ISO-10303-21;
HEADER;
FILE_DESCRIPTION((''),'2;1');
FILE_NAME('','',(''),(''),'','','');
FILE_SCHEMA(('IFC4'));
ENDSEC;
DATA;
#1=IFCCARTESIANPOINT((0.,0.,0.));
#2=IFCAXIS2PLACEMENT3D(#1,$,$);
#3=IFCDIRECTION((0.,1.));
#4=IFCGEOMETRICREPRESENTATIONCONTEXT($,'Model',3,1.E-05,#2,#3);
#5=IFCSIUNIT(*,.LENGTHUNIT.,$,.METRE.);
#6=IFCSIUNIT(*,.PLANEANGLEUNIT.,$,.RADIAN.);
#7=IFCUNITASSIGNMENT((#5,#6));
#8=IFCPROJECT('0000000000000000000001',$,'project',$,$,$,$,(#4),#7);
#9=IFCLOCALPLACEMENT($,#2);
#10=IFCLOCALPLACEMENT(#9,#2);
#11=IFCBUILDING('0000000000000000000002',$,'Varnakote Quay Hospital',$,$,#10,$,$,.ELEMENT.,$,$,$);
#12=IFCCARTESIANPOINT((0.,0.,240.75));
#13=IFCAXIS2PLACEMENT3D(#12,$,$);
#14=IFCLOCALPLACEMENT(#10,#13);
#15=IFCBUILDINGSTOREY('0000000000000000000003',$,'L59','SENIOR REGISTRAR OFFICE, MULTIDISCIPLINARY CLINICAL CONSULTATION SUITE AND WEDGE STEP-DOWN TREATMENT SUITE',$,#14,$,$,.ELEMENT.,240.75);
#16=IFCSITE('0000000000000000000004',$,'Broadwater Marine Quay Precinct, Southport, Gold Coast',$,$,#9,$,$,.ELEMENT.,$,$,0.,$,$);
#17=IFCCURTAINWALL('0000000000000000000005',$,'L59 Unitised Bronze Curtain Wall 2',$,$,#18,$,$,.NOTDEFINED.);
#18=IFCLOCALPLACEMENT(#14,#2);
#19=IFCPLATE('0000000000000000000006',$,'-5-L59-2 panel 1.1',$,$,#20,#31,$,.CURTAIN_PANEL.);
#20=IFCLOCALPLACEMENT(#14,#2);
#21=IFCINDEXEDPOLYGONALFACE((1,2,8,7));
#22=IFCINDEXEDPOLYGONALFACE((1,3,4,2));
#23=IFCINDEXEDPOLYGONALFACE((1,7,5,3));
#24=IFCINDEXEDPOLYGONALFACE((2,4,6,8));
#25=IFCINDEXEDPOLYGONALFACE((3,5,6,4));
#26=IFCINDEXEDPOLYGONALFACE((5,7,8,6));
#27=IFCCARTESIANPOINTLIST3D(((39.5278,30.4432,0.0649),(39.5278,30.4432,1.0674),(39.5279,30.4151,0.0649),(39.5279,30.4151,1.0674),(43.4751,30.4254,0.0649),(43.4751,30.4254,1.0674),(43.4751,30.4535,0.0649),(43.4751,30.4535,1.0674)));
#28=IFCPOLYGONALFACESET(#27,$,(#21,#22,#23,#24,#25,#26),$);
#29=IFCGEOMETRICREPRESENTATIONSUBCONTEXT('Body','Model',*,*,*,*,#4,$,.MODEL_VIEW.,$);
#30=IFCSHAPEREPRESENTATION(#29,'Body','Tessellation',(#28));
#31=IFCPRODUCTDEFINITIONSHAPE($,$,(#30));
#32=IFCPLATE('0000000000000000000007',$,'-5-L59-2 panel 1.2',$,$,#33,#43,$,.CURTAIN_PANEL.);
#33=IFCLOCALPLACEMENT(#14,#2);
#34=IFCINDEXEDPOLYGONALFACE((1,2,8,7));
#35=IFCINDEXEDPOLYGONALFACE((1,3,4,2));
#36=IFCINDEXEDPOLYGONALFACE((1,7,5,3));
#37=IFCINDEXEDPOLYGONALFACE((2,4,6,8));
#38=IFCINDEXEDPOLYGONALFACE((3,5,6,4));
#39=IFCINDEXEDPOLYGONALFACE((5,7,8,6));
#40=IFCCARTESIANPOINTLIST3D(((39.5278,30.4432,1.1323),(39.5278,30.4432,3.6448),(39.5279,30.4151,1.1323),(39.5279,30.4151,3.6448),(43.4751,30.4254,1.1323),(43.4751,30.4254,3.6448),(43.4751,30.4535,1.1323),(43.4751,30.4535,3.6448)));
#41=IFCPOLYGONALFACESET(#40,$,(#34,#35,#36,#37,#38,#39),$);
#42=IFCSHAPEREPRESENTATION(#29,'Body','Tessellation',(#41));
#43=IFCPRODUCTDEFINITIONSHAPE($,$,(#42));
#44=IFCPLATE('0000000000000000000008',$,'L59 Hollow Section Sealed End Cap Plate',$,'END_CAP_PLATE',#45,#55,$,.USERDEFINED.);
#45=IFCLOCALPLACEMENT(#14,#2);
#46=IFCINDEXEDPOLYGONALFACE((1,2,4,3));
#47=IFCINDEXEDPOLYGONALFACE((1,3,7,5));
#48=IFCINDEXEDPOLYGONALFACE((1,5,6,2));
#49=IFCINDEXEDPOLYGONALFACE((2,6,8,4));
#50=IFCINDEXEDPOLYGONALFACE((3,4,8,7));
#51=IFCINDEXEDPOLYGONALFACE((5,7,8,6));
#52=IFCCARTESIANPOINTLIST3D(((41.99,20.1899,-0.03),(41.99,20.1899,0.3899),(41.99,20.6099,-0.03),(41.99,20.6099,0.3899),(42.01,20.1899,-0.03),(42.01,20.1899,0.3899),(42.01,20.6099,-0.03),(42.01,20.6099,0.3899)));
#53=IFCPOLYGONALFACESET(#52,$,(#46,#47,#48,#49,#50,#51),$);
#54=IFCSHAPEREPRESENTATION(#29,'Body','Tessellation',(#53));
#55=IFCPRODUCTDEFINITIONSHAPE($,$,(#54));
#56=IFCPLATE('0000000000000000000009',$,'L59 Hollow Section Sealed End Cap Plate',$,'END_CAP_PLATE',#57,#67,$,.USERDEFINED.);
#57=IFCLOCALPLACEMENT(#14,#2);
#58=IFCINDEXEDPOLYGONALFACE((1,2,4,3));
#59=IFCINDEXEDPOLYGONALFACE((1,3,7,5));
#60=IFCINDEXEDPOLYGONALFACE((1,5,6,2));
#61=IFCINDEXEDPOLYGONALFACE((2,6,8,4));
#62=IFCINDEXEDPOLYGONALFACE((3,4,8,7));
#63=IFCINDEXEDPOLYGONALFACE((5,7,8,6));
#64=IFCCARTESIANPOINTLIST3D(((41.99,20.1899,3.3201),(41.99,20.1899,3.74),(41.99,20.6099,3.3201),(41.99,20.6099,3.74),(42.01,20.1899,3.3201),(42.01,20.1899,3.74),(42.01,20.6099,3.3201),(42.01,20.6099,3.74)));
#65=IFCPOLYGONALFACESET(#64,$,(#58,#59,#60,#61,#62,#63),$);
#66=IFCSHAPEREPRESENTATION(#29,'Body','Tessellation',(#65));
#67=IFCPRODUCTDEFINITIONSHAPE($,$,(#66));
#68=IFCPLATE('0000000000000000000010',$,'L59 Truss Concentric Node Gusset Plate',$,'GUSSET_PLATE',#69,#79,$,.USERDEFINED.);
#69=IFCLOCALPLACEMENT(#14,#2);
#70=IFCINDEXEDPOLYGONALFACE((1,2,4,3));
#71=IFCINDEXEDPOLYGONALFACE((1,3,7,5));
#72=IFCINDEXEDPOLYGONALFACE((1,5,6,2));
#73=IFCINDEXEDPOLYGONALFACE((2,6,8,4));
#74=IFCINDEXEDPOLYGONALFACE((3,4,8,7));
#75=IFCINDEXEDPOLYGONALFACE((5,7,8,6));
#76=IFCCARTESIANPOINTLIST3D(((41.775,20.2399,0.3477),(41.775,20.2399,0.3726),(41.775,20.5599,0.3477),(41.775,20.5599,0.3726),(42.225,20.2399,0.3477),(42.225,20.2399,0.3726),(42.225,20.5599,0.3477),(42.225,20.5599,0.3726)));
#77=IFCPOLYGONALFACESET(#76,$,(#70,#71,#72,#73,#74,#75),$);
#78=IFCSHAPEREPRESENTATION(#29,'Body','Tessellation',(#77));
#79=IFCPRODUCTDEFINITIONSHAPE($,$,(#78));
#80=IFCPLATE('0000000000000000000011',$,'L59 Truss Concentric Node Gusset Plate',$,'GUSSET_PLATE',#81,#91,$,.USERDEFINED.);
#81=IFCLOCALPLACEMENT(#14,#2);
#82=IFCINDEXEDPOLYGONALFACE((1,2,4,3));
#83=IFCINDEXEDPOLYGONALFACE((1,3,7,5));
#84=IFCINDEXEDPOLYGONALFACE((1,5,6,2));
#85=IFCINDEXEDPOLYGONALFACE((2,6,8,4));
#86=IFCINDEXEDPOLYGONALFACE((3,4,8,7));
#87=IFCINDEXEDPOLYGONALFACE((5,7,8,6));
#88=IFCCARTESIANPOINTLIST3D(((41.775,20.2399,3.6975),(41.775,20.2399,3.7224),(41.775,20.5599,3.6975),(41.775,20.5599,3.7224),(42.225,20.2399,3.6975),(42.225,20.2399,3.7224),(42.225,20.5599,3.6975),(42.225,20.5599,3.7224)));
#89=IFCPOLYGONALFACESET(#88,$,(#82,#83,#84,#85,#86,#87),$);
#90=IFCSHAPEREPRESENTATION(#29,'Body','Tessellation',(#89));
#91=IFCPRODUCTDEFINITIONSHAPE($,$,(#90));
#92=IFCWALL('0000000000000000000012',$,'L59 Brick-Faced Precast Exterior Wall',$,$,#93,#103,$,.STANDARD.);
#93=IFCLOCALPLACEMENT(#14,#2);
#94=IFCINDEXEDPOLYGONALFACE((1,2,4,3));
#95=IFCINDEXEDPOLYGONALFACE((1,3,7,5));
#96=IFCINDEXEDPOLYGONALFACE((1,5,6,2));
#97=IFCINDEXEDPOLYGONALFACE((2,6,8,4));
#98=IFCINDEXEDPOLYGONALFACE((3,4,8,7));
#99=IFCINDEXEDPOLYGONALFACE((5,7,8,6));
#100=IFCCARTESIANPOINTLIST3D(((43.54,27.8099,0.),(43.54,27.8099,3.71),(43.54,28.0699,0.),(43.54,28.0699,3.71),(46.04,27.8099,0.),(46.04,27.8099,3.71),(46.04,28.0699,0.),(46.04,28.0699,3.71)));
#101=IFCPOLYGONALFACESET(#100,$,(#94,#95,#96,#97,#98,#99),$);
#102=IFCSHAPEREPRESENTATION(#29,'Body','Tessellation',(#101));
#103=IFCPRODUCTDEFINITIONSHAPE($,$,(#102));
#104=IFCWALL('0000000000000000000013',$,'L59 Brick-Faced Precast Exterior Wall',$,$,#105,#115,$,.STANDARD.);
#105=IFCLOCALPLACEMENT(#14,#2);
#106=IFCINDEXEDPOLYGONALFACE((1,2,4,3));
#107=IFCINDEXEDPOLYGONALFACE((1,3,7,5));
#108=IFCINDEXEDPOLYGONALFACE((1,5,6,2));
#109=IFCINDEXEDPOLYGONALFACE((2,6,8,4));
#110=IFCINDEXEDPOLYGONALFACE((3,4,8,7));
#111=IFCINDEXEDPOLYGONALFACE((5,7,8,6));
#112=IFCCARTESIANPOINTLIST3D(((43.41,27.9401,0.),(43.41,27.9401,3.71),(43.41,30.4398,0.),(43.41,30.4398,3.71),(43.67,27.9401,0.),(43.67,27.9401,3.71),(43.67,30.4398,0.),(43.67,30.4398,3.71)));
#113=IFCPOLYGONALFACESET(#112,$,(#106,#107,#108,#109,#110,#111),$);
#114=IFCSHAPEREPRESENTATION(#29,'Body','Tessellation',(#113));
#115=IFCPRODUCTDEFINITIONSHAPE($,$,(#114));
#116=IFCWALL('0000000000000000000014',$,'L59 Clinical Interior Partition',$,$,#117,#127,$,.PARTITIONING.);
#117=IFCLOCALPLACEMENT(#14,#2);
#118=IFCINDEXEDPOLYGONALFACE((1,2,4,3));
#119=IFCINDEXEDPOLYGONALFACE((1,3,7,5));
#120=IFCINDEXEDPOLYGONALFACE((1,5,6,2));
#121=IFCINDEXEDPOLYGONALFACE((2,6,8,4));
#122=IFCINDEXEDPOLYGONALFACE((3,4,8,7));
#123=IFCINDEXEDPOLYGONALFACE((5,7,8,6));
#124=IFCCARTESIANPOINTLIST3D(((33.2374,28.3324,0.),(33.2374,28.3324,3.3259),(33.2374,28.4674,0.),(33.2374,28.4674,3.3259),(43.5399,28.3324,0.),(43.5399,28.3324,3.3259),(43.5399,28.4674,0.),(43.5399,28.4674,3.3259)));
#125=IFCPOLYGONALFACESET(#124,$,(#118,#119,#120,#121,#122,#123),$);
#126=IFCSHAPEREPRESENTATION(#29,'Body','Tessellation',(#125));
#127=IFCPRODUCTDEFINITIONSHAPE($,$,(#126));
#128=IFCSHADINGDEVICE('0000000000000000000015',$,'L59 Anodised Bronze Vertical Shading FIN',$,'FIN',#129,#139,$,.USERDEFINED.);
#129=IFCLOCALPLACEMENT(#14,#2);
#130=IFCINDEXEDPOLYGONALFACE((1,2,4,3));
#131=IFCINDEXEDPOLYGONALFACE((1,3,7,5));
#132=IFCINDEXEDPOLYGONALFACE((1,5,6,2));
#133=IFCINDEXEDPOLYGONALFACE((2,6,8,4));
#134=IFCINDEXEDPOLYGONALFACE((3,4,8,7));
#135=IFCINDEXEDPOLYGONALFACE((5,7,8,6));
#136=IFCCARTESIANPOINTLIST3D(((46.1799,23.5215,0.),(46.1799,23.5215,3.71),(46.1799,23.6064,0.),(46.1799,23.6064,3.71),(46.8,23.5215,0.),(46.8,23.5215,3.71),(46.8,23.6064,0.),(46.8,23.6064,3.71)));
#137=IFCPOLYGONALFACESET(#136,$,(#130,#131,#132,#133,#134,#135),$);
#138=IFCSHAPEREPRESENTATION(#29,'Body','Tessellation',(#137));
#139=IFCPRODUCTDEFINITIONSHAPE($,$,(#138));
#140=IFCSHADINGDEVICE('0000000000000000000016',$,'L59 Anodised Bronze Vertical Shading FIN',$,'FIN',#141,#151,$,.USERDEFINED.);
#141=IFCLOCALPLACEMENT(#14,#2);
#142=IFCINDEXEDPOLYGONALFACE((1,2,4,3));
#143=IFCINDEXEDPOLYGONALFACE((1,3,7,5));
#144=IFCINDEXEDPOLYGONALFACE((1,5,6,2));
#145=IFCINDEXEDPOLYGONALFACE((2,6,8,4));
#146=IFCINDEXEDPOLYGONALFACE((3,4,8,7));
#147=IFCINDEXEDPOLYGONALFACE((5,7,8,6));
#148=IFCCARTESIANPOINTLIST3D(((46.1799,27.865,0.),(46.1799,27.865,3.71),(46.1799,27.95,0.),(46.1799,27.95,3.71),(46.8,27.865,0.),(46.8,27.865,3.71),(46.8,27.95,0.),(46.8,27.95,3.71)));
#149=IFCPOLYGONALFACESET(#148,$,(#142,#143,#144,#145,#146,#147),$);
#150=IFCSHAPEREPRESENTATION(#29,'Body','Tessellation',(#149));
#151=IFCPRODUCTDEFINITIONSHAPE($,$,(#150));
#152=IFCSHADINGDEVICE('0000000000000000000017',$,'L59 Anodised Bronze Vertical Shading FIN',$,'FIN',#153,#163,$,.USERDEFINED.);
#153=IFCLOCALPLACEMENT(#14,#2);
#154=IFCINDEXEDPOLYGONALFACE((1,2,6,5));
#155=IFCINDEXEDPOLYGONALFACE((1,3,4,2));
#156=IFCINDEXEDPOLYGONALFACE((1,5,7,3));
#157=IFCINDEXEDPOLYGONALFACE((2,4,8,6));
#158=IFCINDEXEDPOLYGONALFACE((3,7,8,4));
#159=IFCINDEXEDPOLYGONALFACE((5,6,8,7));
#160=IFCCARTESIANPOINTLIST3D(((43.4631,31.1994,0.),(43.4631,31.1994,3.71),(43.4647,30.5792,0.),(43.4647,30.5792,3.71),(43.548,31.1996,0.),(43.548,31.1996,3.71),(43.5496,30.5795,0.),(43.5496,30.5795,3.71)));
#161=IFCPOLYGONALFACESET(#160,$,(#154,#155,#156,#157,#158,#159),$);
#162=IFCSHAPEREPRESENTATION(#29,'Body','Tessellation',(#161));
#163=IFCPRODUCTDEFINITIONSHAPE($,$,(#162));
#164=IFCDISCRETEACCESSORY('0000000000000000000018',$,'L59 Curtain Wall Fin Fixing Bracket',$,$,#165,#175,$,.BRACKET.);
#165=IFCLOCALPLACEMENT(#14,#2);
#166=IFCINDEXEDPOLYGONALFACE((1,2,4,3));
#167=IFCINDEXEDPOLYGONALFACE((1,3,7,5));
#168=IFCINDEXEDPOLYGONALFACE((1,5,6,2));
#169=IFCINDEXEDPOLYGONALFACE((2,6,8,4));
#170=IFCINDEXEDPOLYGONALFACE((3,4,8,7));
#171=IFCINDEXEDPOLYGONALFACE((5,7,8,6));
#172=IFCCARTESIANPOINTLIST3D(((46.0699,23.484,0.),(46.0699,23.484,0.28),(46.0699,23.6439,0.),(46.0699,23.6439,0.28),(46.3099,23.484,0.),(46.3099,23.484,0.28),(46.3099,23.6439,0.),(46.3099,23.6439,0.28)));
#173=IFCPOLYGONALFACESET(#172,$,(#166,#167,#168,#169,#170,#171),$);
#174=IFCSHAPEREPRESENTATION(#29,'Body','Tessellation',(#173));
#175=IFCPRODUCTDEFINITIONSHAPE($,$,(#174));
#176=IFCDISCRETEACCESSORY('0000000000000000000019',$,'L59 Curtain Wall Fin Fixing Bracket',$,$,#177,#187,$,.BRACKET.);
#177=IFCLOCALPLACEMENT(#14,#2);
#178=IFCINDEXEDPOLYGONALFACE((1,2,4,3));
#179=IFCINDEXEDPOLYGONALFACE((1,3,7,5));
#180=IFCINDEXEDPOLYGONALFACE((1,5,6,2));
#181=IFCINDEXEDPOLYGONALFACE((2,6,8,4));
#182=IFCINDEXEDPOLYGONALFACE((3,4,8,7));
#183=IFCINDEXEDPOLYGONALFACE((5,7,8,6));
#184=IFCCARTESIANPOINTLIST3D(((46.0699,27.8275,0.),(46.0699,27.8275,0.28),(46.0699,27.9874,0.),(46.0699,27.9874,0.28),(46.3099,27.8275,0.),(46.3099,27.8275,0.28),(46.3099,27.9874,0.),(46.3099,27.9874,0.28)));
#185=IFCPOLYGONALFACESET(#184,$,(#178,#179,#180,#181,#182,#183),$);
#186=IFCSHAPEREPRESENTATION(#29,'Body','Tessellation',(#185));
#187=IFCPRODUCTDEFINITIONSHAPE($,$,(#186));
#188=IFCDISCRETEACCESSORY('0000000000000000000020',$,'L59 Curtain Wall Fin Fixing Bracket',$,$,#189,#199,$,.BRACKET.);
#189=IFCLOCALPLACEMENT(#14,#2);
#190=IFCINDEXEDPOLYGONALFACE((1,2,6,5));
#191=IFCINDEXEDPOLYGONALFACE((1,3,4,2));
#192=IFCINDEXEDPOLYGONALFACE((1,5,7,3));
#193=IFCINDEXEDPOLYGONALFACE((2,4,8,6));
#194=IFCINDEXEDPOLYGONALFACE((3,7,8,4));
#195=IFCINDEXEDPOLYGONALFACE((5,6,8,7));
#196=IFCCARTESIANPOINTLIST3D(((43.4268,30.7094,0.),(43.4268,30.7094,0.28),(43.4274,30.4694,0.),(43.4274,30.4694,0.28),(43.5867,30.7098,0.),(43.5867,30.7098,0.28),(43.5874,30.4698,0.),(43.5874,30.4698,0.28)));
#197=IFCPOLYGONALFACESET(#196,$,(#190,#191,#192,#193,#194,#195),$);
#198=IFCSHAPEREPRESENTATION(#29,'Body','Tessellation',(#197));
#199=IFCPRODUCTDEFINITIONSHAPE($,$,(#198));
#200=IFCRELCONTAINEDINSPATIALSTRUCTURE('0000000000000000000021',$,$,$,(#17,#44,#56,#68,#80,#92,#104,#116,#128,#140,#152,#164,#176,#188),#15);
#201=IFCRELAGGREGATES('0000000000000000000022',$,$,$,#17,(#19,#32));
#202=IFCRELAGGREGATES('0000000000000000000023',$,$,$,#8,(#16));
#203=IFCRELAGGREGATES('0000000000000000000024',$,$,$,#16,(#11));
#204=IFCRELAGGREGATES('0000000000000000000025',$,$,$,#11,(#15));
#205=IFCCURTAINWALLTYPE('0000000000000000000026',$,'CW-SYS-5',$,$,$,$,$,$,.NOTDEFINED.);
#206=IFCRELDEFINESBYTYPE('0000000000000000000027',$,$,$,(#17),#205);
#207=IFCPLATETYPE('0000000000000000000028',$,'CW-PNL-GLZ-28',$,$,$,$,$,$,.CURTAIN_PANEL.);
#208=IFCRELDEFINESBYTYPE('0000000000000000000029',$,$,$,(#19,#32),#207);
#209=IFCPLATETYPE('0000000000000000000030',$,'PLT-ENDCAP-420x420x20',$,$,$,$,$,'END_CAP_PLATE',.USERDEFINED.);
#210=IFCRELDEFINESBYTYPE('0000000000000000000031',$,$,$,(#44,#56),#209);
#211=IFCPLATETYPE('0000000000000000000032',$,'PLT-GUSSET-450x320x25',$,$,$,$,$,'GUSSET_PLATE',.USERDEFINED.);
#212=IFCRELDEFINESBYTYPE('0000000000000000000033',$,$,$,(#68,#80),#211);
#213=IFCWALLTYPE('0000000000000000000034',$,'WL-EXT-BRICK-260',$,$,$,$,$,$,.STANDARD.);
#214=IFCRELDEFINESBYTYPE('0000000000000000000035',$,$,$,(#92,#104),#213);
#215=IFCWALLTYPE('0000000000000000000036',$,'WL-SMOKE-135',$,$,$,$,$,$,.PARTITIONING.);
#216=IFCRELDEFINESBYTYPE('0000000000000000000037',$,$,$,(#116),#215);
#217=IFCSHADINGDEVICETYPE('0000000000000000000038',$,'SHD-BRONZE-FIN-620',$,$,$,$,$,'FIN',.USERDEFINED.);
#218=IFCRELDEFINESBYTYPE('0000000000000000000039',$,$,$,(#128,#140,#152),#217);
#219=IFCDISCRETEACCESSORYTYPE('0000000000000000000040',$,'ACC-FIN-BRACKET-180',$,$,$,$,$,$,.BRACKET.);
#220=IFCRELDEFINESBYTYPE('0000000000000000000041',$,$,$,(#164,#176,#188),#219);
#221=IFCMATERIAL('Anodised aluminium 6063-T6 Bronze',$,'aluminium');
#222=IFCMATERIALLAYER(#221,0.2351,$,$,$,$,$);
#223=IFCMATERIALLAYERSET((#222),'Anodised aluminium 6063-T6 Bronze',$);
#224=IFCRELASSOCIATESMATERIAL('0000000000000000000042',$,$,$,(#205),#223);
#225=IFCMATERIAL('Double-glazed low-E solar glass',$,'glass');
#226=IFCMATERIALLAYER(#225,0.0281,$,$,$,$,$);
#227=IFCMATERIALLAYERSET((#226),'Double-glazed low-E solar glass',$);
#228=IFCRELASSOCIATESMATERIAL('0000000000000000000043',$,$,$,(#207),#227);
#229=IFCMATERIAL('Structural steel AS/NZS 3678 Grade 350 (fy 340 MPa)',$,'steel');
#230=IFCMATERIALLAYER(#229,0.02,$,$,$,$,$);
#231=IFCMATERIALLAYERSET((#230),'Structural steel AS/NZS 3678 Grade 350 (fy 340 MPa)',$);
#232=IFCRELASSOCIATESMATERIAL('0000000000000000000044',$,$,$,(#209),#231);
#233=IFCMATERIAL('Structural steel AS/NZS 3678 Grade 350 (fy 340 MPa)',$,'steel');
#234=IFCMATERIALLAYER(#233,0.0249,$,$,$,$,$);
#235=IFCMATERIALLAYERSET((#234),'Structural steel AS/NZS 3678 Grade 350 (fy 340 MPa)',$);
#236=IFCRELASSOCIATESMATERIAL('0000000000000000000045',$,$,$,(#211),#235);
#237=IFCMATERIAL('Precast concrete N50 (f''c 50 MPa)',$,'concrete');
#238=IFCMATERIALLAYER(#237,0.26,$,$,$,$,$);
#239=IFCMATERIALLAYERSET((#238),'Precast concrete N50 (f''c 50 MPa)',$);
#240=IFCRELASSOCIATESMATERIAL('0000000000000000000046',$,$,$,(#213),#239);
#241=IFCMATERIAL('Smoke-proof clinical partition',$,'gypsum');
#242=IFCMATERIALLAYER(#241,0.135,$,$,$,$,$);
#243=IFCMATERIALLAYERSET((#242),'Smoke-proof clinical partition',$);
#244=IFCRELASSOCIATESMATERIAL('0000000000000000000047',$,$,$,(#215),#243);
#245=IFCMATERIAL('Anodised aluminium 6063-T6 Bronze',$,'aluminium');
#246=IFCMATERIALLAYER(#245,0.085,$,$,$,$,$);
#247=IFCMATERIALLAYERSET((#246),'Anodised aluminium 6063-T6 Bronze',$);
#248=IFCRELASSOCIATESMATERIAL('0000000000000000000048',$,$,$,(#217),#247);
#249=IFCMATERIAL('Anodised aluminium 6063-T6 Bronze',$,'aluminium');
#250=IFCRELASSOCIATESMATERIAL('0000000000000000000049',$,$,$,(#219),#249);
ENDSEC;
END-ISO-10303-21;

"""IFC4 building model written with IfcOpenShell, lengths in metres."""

from ifc_helpers import new_model, si_unit, direction, frame, frame_2d, origin, origin_2d, place, context, subcontext, project, spatial, rectangle, extrude, material, layer, layer_set, type_object, element, aggregate, save


model = new_model("IFC4")

# Units and contexts
model_context = context("Model", 3, precision=1e-05, world=origin(), true_north=direction((0.0, 1.0)))
body_context = subcontext(model_context, "Body", "Model", "MODEL_VIEW")
ifc_project = project(units=[si_unit("LENGTHUNIT", "METRE"), si_unit("PLANEANGLEUNIT", "RADIAN")], contexts=[model_context])

# Site, building, storey
site_placement = place(None, origin())
site = spatial("IfcSite", under=ifc_project, at=site_placement, Name="Broadwater Marine Quay Precinct, Southport, Gold Coast", CompositionType="ELEMENT", RefElevation=0.0)
building_placement = place(site_placement, origin())
building = spatial("IfcBuilding", under=site, at=building_placement, Name="Varnakote Quay Hospital", CompositionType="ELEMENT")
storey_placement = place(building_placement, frame((0.0, 0.0, 240.75)))
storey = spatial("IfcBuildingStorey", under=building, at=storey_placement, Name="L59", Description="SENIOR REGISTRAR OFFICE, MULTIDISCIPLINARY CLINICAL CONSULTATION SUITE AND WEDGE STEP-DOWN TREATMENT SUITE", CompositionType="ELEMENT", Elevation=240.75)

# Curtain wall
ifc_material_1 = material(Name="Anodised aluminium 6063-T6 Bronze", Category="aluminium")
ifc_layer_1 = layer(ifc_material_1, 0.2351)
ifc_layer_set_1 = layer_set([ifc_layer_1], Name="Anodised aluminium 6063-T6 Bronze")
curtain_wall_type = type_object("IfcCurtainWallType", Name="CW-SYS-5", PredefinedType="NOTDEFINED", material=ifc_layer_set_1)
curtain_wall_1_placement = place(storey_placement, origin())
curtain_wall_1 = element("IfcCurtainWall", 1, at=curtain_wall_1_placement, inside=storey, type_object=curtain_wall_type, Name="L59 Unitised Bronze Curtain Wall 2", PredefinedType="NOTDEFINED")

# Plates
ifc_material_2 = material(Name="Double-glazed low-E solar glass", Category="glass")
ifc_layer_2 = layer(ifc_material_2, 0.0281)
ifc_layer_set_2 = layer_set([ifc_layer_2], Name="Double-glazed low-E solar glass")
plate_type_1 = type_object("IfcPlateType", Name="CW-PNL-GLZ-28", PredefinedType="CURTAIN_PANEL", material=ifc_layer_set_2)
plate_1_placement = place(storey_placement, frame((41.5015, 30.4343, 0.0649), z_axis=(0.0, 0.0, 1.0), x_axis=(-0.999997, -0.002604, 0.0)))
plate_1 = element("IfcPlate", 2, at=plate_1_placement, type_object=plate_type_1, Name="-5-L59-2 panel 1.1", PredefinedType="CURTAIN_PANEL", context=body_context, shape_type="SweptSolid", body=[
    extrude(rectangle(XDim=3.9473, YDim=0.0281, at=origin_2d()), origin(), (0.0, 0.0, 1.0), 1.0024),
])
plate_2_placement = place(storey_placement, frame((41.5015, 30.4343, 1.1323), z_axis=(0.0, 0.0, 1.0), x_axis=(-0.999997, -0.002604, 0.0)))
plate_2 = element("IfcPlate", 3, at=plate_2_placement, type_object=plate_type_1, Name="-5-L59-2 panel 1.2", PredefinedType="CURTAIN_PANEL", context=body_context, shape_type="SweptSolid", body=[
    extrude(rectangle(XDim=3.9473, YDim=0.0281, at=origin_2d()), origin(), (0.0, 0.0, 1.0), 2.5125),
])
aggregate(curtain_wall_1, [plate_1, plate_2])

# Plates
ifc_material_3 = material(Name="Structural steel AS/NZS 3678 Grade 350 (fy 340 MPa)", Category="steel")
ifc_layer_3 = layer(ifc_material_3, 0.02)
ifc_layer_set_3 = layer_set([ifc_layer_3], Name="Structural steel AS/NZS 3678 Grade 350 (fy 340 MPa)")
plate_type_2 = type_object("IfcPlateType", Name="PLT-ENDCAP-420x420x20", ElementType="END_CAP_PLATE", PredefinedType="USERDEFINED", material=ifc_layer_set_3)
for number, where, z_axis, x_axis, name in (
    (4, (42.0, 20.3999, -0.03), (0.0, 0.0, 1.0), (1.0, 0.0, 0.0), "L59 Hollow Section Sealed End Cap Plate"),
    (5, (42.0, 20.3999, 3.3201), (0.0, 0.0, 1.0), (1.0, 0.0, 0.0), "L59 Hollow Section Sealed End Cap Plate"),
):
    element("IfcPlate", number, at=place(storey_placement, frame(where, z_axis=z_axis, x_axis=x_axis)), inside=storey, type_object=plate_type_2, Name=name, ObjectType="END_CAP_PLATE", PredefinedType="USERDEFINED", context=body_context, shape_type="SweptSolid", body=[
        extrude(rectangle(XDim=0.02, YDim=0.4199, at=origin_2d()), origin(), (0.0, 0.0, 1.0), 0.4199),
    ])
ifc_material_4 = material(Name="Structural steel AS/NZS 3678 Grade 350 (fy 340 MPa)", Category="steel")
ifc_layer_4 = layer(ifc_material_4, 0.0249)
ifc_layer_set_4 = layer_set([ifc_layer_4], Name="Structural steel AS/NZS 3678 Grade 350 (fy 340 MPa)")
plate_type_3 = type_object("IfcPlateType", Name="PLT-GUSSET-450x320x25", ElementType="GUSSET_PLATE", PredefinedType="USERDEFINED", material=ifc_layer_set_4)
for number, where, z_axis, x_axis, name in (
    (6, (42.0, 20.3999, 0.3477), (0.0, 0.0, 1.0), (1.0, 0.0, 0.0), "L59 Truss Concentric Node Gusset Plate"),
    (7, (42.0, 20.3999, 3.6975), (0.0, 0.0, 1.0), (1.0, 0.0, 0.0), "L59 Truss Concentric Node Gusset Plate"),
):
    element("IfcPlate", number, at=place(storey_placement, frame(where, z_axis=z_axis, x_axis=x_axis)), inside=storey, type_object=plate_type_3, Name=name, ObjectType="GUSSET_PLATE", PredefinedType="USERDEFINED", context=body_context, shape_type="SweptSolid", body=[
        extrude(rectangle(XDim=0.45, YDim=0.3201, at=origin_2d()), origin(), (0.0, 0.0, 1.0), 0.0249),
    ])

# Walls
ifc_material_5 = material(Name="Precast concrete N50 (f'c 50 MPa)", Category="concrete")
ifc_layer_5 = layer(ifc_material_5, 0.26)
ifc_layer_set_5 = layer_set([ifc_layer_5], Name="Precast concrete N50 (f'c 50 MPa)")
wall_type_1 = type_object("IfcWallType", Name="WL-EXT-BRICK-260", PredefinedType="STANDARD", material=ifc_layer_set_5)
wall_1_placement = place(storey_placement, frame((46.04, 27.9399, 0.0), z_axis=(0.0, 0.0, 1.0), x_axis=(-1.0, 0.0, 0.0)))
element("IfcWall", 8, at=wall_1_placement, inside=storey, type_object=wall_type_1, Name="L59 Brick-Faced Precast Exterior Wall", PredefinedType="STANDARD", context=body_context, shape_type="SweptSolid", body=[
    extrude(rectangle(XDim=2.5, YDim=0.26, at=frame_2d((1.25, 0.0))), origin(), (0.0, 0.0, 1.0), 3.71),
])
wall_2_placement = place(storey_placement, frame((43.54, 27.9399, 0.0), z_axis=(0.0, 0.0, 1.0), x_axis=(0.0, 1.0, 0.0)))
element("IfcWall", 9, at=wall_2_placement, inside=storey, type_object=wall_type_1, Name="L59 Brick-Faced Precast Exterior Wall", PredefinedType="STANDARD", context=body_context, shape_type="SweptSolid", body=[
    extrude(rectangle(XDim=2.4998, YDim=0.26, at=frame_2d((1.25, 0.0))), origin(), (0.0, 0.0, 1.0), 3.71),
])
ifc_material_6 = material(Name="Smoke-proof clinical partition", Category="gypsum")
ifc_layer_6 = layer(ifc_material_6, 0.135)
ifc_layer_set_6 = layer_set([ifc_layer_6], Name="Smoke-proof clinical partition")
wall_type_2 = type_object("IfcWallType", Name="WL-SMOKE-135", PredefinedType="PARTITIONING", material=ifc_layer_set_6)
wall_3_placement = place(storey_placement, frame((43.54, 28.3999, 0.0), z_axis=(0.0, 0.0, 1.0), x_axis=(-1.0, 0.0, 0.0)))
element("IfcWall", 10, at=wall_3_placement, inside=storey, type_object=wall_type_2, Name="L59 Clinical Interior Partition", PredefinedType="PARTITIONING", context=body_context, shape_type="SweptSolid", body=[
    extrude(rectangle(XDim=10.3025, YDim=0.135, at=frame_2d((5.1514, 0.0))), origin(), (0.0, 0.0, 1.0), 3.3259),
])

# Shading devices
ifc_material_7 = material(Name="Anodised aluminium 6063-T6 Bronze", Category="aluminium")
ifc_layer_7 = layer(ifc_material_7, 0.085)
ifc_layer_set_7 = layer_set([ifc_layer_7], Name="Anodised aluminium 6063-T6 Bronze")
shading_device_type = type_object("IfcShadingDeviceType", Name="SHD-BRONZE-FIN-620", ElementType="FIN", PredefinedType="USERDEFINED", material=ifc_layer_set_7)
for number, where, z_axis, x_axis, name in (
    (11, (46.49, 23.564, 0.0), (0.0, 0.0, 1.0), (-1.0, 0.0, 0.0), "L59 Anodised Bronze Vertical Shading FIN"),
    (12, (46.49, 27.9075, 0.0), (0.0, 0.0, 1.0), (-1.0, 0.0, 0.0), "L59 Anodised Bronze Vertical Shading FIN"),
    (13, (43.5063, 30.8894, 0.0), (0.0, 0.0, 1.0), (0.002618, -0.999997, 0.0), "L59 Anodised Bronze Vertical Shading FIN"),
):
    element("IfcShadingDevice", number, at=place(storey_placement, frame(where, z_axis=z_axis, x_axis=x_axis)), inside=storey, type_object=shading_device_type, Name=name, ObjectType="FIN", PredefinedType="USERDEFINED", context=body_context, shape_type="SweptSolid", body=[
        extrude(rectangle(XDim=0.6201, YDim=0.085, at=origin_2d()), origin(), (0.0, 0.0, 1.0), 3.71),
    ])

# Discrete accessories
ifc_material_8 = material(Name="Anodised aluminium 6063-T6 Bronze", Category="aluminium")
discrete_accessory_type = type_object("IfcDiscreteAccessoryType", Name="ACC-FIN-BRACKET-180", PredefinedType="BRACKET", material=ifc_material_8)
for number, where, z_axis, x_axis, name in (
    (14, (46.1899, 23.564, 0.0), (0.0, 0.0, 1.0), (0.0, 1.0, 0.0), "L59 Curtain Wall Fin Fixing Bracket"),
    (15, (46.1899, 27.9075, 0.0), (0.0, 0.0, 1.0), (0.0, 1.0, 0.0), "L59 Curtain Wall Fin Fixing Bracket"),
    (16, (43.5071, 30.5896, 0.0), (0.0, 0.0, 1.0), (-0.999997, -0.002618, 0.0), "L59 Curtain Wall Fin Fixing Bracket"),
):
    element("IfcDiscreteAccessory", number, at=place(storey_placement, frame(where, z_axis=z_axis, x_axis=x_axis)), inside=storey, type_object=discrete_accessory_type, Name=name, PredefinedType="BRACKET", context=body_context, shape_type="SweptSolid", body=[
        extrude(rectangle(XDim=0.1599, YDim=0.24, at=origin_2d()), origin(), (0.0, 0.0, 1.0), 0.28),
    ])

save(model, "model.ifc")
